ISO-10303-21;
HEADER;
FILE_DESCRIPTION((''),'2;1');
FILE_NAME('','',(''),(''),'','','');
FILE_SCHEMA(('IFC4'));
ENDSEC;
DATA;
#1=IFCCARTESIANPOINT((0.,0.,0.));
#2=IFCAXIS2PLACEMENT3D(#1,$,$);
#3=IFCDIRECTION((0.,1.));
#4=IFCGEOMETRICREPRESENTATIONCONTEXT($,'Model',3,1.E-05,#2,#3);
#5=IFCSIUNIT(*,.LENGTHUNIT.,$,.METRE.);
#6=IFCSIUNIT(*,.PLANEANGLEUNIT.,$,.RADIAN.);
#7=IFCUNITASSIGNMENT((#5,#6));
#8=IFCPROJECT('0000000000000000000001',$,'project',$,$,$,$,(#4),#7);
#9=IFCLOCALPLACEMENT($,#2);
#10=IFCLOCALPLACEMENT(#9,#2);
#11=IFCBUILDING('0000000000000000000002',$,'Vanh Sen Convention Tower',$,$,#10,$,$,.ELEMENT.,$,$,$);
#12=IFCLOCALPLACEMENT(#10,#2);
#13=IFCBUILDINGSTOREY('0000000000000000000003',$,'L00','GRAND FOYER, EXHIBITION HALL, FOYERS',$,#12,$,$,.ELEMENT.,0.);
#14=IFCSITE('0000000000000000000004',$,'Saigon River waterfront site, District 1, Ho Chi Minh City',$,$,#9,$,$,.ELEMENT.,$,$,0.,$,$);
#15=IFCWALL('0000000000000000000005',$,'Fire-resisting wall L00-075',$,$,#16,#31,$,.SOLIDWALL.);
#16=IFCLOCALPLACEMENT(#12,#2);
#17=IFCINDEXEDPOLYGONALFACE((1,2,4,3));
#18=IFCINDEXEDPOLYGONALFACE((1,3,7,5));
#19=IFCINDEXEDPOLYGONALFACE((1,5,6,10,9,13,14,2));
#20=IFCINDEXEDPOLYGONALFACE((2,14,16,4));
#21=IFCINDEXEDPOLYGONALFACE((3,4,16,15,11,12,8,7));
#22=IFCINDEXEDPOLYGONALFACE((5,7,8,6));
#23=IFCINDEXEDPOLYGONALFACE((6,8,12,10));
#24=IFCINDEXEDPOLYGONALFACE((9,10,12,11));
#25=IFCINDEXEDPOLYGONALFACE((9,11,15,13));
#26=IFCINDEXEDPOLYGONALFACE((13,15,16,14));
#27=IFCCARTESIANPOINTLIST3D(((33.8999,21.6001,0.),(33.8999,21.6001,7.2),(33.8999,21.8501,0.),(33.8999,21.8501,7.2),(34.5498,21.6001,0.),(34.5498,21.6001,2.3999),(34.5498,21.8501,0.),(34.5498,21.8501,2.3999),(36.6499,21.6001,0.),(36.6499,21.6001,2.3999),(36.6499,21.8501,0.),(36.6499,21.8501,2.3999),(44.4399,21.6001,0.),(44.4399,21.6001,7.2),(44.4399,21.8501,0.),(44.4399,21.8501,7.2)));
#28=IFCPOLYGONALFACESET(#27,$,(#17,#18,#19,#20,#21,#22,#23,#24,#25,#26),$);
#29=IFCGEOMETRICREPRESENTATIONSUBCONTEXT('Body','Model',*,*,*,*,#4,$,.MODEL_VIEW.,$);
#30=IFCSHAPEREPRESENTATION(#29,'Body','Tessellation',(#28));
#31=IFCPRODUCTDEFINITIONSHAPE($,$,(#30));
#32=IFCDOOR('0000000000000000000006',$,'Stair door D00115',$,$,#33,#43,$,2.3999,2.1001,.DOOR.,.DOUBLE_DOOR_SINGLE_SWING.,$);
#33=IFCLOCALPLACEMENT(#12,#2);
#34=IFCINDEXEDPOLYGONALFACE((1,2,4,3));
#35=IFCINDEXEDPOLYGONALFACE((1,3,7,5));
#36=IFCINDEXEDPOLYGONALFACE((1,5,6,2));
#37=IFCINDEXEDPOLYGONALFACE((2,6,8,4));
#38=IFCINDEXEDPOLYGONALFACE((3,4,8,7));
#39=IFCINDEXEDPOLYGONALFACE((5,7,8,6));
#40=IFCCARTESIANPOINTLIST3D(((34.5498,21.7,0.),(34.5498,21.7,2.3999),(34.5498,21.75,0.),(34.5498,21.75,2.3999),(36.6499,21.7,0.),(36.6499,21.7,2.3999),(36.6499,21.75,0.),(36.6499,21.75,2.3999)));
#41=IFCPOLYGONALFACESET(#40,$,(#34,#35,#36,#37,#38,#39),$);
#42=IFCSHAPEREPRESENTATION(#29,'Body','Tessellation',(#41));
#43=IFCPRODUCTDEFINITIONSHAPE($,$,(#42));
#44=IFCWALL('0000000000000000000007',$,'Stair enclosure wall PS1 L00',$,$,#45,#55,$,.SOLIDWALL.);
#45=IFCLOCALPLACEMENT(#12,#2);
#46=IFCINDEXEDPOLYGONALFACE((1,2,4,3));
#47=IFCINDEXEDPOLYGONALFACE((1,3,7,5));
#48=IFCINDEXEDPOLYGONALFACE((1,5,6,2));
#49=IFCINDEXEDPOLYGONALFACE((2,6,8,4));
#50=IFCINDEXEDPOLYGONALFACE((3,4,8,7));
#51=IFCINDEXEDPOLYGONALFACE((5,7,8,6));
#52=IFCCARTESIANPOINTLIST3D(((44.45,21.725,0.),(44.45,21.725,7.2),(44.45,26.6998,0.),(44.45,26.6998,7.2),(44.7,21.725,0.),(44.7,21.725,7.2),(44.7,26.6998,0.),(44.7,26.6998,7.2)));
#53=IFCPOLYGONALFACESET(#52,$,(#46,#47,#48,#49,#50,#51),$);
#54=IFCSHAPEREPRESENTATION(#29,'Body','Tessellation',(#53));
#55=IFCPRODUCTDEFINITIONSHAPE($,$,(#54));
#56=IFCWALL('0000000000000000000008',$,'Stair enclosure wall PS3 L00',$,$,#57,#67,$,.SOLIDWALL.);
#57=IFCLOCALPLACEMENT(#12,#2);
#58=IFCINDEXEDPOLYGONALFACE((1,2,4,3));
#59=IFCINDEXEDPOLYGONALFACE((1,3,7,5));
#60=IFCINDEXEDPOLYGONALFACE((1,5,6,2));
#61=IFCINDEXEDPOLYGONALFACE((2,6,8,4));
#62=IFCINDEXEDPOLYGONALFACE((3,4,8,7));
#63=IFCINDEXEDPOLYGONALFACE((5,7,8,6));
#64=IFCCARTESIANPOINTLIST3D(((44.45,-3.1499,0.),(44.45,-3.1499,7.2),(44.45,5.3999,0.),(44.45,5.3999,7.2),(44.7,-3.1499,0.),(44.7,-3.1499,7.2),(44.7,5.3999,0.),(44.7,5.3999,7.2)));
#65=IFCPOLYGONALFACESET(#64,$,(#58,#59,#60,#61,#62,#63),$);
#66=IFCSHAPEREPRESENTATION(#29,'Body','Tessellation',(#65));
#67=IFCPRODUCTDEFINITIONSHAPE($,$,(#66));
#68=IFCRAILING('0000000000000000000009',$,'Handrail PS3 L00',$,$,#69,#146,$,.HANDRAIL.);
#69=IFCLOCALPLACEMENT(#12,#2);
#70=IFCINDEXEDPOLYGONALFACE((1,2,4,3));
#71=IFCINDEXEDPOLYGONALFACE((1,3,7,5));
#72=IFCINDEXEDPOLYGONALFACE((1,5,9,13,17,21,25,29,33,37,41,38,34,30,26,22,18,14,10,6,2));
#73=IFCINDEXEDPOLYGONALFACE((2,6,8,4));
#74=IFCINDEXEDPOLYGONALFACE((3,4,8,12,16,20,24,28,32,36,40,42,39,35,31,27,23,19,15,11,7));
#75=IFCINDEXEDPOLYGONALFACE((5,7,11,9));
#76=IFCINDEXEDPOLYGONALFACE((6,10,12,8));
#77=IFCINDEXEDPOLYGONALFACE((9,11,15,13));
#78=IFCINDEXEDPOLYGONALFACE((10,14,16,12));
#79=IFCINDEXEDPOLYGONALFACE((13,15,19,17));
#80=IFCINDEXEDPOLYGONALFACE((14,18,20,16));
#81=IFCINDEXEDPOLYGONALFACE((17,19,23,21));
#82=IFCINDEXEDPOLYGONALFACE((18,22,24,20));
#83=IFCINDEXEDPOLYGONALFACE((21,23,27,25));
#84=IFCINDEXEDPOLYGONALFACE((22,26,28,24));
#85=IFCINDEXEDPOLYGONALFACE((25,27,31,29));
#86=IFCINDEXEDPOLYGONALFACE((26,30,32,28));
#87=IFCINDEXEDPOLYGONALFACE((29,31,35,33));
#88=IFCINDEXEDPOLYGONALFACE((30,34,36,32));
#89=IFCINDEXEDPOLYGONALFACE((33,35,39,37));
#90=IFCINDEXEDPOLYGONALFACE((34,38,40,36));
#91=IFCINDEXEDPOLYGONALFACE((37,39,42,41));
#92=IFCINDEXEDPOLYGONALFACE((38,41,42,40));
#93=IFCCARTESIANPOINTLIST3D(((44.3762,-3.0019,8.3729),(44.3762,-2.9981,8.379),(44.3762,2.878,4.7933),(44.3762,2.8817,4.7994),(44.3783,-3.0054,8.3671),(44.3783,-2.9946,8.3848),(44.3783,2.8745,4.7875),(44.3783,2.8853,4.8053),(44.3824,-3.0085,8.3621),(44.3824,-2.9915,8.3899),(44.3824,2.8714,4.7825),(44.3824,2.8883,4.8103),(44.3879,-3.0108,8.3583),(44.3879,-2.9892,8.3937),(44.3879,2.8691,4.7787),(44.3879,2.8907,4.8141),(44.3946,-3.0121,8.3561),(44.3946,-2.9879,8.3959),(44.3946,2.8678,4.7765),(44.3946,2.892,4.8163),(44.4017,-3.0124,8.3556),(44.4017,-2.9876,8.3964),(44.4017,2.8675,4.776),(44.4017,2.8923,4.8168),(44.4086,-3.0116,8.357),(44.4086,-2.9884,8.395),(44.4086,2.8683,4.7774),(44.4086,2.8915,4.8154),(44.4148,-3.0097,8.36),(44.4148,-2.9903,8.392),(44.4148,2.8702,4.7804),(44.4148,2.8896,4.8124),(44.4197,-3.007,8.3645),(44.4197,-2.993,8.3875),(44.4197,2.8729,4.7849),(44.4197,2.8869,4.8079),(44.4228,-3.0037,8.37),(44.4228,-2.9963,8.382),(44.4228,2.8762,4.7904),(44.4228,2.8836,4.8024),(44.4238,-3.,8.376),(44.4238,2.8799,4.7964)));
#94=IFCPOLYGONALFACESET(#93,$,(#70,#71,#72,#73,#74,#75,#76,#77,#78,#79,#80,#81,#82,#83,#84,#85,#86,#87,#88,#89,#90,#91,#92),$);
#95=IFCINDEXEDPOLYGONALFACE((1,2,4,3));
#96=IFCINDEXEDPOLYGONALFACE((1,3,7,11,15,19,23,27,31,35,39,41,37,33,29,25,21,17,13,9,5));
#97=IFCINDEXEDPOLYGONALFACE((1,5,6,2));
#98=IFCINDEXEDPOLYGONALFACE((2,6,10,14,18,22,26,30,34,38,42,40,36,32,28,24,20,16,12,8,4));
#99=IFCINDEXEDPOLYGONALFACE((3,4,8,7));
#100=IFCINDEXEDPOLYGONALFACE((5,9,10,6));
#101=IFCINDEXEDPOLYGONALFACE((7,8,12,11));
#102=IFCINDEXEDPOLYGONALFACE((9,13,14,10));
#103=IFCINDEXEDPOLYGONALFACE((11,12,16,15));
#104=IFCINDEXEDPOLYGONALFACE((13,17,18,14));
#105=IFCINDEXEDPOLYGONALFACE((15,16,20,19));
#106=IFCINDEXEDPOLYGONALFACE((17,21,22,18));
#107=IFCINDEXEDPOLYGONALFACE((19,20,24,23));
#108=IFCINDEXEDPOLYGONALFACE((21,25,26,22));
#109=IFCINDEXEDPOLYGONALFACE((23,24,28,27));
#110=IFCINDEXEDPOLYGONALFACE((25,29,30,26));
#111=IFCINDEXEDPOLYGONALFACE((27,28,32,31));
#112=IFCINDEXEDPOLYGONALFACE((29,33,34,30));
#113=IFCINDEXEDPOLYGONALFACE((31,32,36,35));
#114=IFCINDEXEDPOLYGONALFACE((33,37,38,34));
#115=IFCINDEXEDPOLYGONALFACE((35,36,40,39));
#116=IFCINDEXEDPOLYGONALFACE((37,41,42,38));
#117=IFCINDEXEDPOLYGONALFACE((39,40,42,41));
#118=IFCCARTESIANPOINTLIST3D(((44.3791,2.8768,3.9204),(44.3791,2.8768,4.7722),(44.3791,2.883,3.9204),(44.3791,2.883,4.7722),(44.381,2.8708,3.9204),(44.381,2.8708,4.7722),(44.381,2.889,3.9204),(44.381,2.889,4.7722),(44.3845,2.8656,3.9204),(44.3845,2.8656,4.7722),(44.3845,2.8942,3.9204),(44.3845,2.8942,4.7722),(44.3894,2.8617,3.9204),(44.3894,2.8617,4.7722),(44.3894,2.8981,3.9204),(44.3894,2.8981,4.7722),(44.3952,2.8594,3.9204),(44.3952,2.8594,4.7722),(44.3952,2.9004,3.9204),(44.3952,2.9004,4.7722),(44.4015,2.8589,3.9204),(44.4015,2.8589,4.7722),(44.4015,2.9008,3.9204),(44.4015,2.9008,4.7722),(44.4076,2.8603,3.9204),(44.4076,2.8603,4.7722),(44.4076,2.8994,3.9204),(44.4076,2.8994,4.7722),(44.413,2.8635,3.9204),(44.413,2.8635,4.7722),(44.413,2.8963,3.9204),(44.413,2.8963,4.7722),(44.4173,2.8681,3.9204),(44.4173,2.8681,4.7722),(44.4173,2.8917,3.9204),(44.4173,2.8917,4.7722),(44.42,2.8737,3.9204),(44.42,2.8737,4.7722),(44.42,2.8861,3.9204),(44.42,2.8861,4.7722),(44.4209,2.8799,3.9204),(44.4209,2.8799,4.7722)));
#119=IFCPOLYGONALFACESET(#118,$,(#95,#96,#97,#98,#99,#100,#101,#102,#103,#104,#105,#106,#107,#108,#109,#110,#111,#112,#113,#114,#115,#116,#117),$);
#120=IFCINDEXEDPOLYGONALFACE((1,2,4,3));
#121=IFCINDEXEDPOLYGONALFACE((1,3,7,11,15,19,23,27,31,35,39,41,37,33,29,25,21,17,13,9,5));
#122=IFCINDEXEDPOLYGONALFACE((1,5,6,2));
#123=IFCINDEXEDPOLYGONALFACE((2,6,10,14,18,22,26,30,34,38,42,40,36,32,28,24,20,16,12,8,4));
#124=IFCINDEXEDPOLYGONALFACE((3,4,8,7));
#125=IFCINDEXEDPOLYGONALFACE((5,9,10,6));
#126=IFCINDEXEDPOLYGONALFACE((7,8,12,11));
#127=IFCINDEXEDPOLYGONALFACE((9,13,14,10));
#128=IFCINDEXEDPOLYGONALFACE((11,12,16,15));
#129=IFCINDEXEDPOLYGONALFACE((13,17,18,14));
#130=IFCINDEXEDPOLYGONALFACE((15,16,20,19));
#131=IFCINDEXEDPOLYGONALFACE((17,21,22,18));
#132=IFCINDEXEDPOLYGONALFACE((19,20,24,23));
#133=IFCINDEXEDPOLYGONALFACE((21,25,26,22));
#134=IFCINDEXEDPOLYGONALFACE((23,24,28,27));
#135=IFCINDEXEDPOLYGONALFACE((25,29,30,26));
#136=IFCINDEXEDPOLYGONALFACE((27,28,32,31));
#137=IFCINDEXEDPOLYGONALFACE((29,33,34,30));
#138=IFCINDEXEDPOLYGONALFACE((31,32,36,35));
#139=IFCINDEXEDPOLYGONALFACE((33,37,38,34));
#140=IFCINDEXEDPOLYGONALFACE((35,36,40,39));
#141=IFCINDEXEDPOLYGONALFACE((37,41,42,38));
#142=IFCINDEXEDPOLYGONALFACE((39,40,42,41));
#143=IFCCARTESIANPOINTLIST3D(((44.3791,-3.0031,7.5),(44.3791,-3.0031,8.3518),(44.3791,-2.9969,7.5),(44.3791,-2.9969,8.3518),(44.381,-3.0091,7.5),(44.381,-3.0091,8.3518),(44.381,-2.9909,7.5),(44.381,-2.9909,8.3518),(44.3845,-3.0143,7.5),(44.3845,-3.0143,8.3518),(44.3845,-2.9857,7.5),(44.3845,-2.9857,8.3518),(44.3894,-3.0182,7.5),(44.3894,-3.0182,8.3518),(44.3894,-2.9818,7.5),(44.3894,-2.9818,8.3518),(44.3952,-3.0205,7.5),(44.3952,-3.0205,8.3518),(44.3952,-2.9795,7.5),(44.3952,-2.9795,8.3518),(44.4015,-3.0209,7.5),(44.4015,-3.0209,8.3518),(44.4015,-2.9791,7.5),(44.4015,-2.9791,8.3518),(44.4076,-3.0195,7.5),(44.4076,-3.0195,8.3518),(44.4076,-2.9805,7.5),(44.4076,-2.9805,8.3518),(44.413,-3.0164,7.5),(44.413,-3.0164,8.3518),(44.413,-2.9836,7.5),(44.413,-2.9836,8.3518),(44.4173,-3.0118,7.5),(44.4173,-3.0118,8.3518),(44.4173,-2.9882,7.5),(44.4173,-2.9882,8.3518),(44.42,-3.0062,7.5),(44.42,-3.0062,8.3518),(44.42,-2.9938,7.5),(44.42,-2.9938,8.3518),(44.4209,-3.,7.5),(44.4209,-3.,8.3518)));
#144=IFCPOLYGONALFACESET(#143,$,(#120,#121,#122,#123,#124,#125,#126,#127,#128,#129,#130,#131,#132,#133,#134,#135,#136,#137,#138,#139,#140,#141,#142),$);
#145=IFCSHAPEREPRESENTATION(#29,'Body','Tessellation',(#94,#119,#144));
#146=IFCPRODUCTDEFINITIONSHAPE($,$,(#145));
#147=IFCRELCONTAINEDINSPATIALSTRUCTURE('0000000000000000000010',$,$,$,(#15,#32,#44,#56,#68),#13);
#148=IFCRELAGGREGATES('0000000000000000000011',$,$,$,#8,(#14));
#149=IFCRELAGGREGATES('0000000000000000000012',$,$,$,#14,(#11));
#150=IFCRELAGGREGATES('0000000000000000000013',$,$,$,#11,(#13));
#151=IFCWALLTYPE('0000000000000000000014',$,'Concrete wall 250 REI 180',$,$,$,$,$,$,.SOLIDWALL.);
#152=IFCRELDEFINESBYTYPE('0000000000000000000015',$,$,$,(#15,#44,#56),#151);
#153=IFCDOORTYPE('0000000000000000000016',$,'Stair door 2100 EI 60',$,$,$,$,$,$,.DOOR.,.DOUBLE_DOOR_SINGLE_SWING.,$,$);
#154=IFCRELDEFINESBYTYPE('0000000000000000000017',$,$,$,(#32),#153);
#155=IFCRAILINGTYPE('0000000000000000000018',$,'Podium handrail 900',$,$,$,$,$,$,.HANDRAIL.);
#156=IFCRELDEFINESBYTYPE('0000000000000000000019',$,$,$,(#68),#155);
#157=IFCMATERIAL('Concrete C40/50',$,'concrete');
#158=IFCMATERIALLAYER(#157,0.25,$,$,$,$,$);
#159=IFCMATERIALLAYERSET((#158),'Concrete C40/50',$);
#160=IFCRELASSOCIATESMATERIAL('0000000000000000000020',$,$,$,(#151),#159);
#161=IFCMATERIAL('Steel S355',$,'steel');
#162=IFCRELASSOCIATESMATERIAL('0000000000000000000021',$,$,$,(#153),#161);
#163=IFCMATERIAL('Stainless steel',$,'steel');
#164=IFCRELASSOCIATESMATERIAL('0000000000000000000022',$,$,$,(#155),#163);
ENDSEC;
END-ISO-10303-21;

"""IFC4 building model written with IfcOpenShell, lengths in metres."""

from ifc_helpers import new_model, si_unit, direction, frame, frame_2d, origin, origin_2d, place, context, subcontext, project, spatial, rectangle, circle, extrude, material, layer, layer_set, type_object, element, fill, save


model = new_model("IFC4")

# Units and contexts
model_context = context("Model", 3, precision=1e-05, world=origin(), true_north=direction((0.0, 1.0)))
body_context = subcontext(model_context, "Body", "Model", "MODEL_VIEW")
ifc_project = project(units=[si_unit("LENGTHUNIT", "METRE"), si_unit("PLANEANGLEUNIT", "RADIAN")], contexts=[model_context])

# Site, building, storey
site_placement = place(None, origin())
site = spatial("IfcSite", under=ifc_project, at=site_placement, Name="Saigon River waterfront site, District 1, Ho Chi Minh City", CompositionType="ELEMENT", RefElevation=0.0)
building_placement = place(site_placement, origin())
building = spatial("IfcBuilding", under=site, at=building_placement, Name="Vanh Sen Convention Tower", CompositionType="ELEMENT")
storey_placement = place(building_placement, origin())
storey = spatial("IfcBuildingStorey", under=building, at=storey_placement, Name="L00", Description="GRAND FOYER, EXHIBITION HALL, FOYERS", CompositionType="ELEMENT", Elevation=0.0)

# Shared definitions
ifc_material_1 = material(Name="Concrete C40/50", Category="concrete")

# Shared definitions
ifc_layer_1 = layer(ifc_material_1, 0.25)
ifc_layer_set_1 = layer_set([ifc_layer_1], Name="Concrete C40/50")
wall_type_1 = type_object("IfcWallType", Name="Concrete wall 250 REI 180", PredefinedType="SOLIDWALL", material=ifc_layer_set_1)

# Wall, opening, door
wall_1_placement = place(storey_placement, frame((44.4399, 21.7251, 0.0), z_axis=(0.0, 0.0, 1.0), x_axis=(-1.0, 0.0, 0.0)))
wall_1 = element("IfcWall", 1, at=wall_1_placement, inside=storey, type_object=wall_type_1, Name="Fire-resisting wall L00-075", PredefinedType="SOLIDWALL", context=body_context, shape_type="SweptSolid", body=[
    extrude(rectangle(XDim=10.54, YDim=0.25, at=frame_2d((5.27, 0.0))), origin(), (0.0, 0.0, 1.0), 7.2),
])
opening_1_placement = place(wall_1_placement, frame((7.79, 0.0, 0.0)))
opening_1 = element("IfcOpeningElement", 2, at=opening_1_placement, cuts=wall_1, PredefinedType="OPENING", context=body_context, shape_type="SweptSolid", body=[
    extrude(rectangle(XDim=2.1001, YDim=2.3999, at=frame_2d((1.05, 1.2))), frame((0.0, 0.135, 0.0), z_axis=(0.0, -1.0, 0.0), x_axis=(1.0, 0.0, 0.0)), (0.0, 0.0, 1.0), 0.27),
])
ifc_material_2 = material(Name="Steel S355", Category="steel")
door_type_1 = type_object("IfcDoorType", Name="Stair door 2100 EI 60", OperationType="DOUBLE_DOOR_SINGLE_SWING", PredefinedType="DOOR", material=ifc_material_2)
door_1_placement = place(opening_1_placement, frame((2.1001, 0.0, 0.0), z_axis=(0.0, 0.0, 1.0), x_axis=(-1.0, 0.0, 0.0)))
door_1 = element("IfcDoor", 3, at=door_1_placement, inside=storey, type_object=door_type_1, Name="Stair door D00115", OperationType="DOUBLE_DOOR_SINGLE_SWING", OverallHeight=2.3999, OverallWidth=2.1001, PredefinedType="DOOR", context=body_context, shape_type="SweptSolid", body=[
    extrude(rectangle(XDim=2.1001, YDim=2.3999, at=frame_2d((1.05, 1.2))), frame((0.0, 0.0249, 0.0), z_axis=(0.0, -1.0, 0.0), x_axis=(1.0, 0.0, 0.0)), (0.0, 0.0, 1.0), 0.05),
])
fill(opening_1, door_1)

# Walls
wall_2_placement = place(storey_placement, frame((44.575, 21.7251, 0.0), z_axis=(0.0, 0.0, 1.0), x_axis=(0.0, 1.0, 0.0)))
element("IfcWall", 4, at=wall_2_placement, inside=storey, type_object=wall_type_1, Name="Stair enclosure wall PS1 L00", PredefinedType="SOLIDWALL", context=body_context, shape_type="SweptSolid", body=[
    extrude(rectangle(XDim=4.9749, YDim=0.25, at=frame_2d((2.4873, 0.0))), origin(), (0.0, 0.0, 1.0), 7.2),
])
wall_3_placement = place(storey_placement, frame((44.575, 5.3999, 0.0), z_axis=(0.0, 0.0, 1.0), x_axis=(0.0, -1.0, 0.0)))
element("IfcWall", 5, at=wall_3_placement, inside=storey, type_object=wall_type_1, Name="Stair enclosure wall PS3 L00", PredefinedType="SOLIDWALL", context=body_context, shape_type="SweptSolid", body=[
    extrude(rectangle(XDim=8.5498, YDim=0.25, at=frame_2d((4.2749, 0.0))), origin(), (0.0, 0.0, 1.0), 7.2),
])

# Railing
ifc_material_3 = material(Name="Stainless steel", Category="steel")
railing_type = type_object("IfcRailingType", Name="Podium handrail 900", PredefinedType="HANDRAIL", material=ifc_material_3)
railing_placement = place(storey_placement, frame((44.3999, 2.8799, 3.9204)))
element("IfcRailing", 6, at=railing_placement, inside=storey, type_object=railing_type, Name="Handrail PS3 L00", PredefinedType="HANDRAIL", context=body_context, shape_type="SweptSolid", body=[
    extrude(circle(Radius=0.0239, at=origin_2d()), frame((0.0, 0.0, 0.876), z_axis=(0.0, -0.854164, 0.520003), x_axis=(1.0, 0.0, 0.0)), (0.0, 0.0, 1.0), 6.8838),
    extrude(circle(Radius=0.021, at=origin_2d()), origin(), (0.0, 0.0, 1.0), 0.8518),
    extrude(circle(Radius=0.021, at=origin_2d()), frame((0.0, -5.8799, 3.5796)), (0.0, 0.0, 1.0), 0.8518),
])

save(model, "model.ifc")
